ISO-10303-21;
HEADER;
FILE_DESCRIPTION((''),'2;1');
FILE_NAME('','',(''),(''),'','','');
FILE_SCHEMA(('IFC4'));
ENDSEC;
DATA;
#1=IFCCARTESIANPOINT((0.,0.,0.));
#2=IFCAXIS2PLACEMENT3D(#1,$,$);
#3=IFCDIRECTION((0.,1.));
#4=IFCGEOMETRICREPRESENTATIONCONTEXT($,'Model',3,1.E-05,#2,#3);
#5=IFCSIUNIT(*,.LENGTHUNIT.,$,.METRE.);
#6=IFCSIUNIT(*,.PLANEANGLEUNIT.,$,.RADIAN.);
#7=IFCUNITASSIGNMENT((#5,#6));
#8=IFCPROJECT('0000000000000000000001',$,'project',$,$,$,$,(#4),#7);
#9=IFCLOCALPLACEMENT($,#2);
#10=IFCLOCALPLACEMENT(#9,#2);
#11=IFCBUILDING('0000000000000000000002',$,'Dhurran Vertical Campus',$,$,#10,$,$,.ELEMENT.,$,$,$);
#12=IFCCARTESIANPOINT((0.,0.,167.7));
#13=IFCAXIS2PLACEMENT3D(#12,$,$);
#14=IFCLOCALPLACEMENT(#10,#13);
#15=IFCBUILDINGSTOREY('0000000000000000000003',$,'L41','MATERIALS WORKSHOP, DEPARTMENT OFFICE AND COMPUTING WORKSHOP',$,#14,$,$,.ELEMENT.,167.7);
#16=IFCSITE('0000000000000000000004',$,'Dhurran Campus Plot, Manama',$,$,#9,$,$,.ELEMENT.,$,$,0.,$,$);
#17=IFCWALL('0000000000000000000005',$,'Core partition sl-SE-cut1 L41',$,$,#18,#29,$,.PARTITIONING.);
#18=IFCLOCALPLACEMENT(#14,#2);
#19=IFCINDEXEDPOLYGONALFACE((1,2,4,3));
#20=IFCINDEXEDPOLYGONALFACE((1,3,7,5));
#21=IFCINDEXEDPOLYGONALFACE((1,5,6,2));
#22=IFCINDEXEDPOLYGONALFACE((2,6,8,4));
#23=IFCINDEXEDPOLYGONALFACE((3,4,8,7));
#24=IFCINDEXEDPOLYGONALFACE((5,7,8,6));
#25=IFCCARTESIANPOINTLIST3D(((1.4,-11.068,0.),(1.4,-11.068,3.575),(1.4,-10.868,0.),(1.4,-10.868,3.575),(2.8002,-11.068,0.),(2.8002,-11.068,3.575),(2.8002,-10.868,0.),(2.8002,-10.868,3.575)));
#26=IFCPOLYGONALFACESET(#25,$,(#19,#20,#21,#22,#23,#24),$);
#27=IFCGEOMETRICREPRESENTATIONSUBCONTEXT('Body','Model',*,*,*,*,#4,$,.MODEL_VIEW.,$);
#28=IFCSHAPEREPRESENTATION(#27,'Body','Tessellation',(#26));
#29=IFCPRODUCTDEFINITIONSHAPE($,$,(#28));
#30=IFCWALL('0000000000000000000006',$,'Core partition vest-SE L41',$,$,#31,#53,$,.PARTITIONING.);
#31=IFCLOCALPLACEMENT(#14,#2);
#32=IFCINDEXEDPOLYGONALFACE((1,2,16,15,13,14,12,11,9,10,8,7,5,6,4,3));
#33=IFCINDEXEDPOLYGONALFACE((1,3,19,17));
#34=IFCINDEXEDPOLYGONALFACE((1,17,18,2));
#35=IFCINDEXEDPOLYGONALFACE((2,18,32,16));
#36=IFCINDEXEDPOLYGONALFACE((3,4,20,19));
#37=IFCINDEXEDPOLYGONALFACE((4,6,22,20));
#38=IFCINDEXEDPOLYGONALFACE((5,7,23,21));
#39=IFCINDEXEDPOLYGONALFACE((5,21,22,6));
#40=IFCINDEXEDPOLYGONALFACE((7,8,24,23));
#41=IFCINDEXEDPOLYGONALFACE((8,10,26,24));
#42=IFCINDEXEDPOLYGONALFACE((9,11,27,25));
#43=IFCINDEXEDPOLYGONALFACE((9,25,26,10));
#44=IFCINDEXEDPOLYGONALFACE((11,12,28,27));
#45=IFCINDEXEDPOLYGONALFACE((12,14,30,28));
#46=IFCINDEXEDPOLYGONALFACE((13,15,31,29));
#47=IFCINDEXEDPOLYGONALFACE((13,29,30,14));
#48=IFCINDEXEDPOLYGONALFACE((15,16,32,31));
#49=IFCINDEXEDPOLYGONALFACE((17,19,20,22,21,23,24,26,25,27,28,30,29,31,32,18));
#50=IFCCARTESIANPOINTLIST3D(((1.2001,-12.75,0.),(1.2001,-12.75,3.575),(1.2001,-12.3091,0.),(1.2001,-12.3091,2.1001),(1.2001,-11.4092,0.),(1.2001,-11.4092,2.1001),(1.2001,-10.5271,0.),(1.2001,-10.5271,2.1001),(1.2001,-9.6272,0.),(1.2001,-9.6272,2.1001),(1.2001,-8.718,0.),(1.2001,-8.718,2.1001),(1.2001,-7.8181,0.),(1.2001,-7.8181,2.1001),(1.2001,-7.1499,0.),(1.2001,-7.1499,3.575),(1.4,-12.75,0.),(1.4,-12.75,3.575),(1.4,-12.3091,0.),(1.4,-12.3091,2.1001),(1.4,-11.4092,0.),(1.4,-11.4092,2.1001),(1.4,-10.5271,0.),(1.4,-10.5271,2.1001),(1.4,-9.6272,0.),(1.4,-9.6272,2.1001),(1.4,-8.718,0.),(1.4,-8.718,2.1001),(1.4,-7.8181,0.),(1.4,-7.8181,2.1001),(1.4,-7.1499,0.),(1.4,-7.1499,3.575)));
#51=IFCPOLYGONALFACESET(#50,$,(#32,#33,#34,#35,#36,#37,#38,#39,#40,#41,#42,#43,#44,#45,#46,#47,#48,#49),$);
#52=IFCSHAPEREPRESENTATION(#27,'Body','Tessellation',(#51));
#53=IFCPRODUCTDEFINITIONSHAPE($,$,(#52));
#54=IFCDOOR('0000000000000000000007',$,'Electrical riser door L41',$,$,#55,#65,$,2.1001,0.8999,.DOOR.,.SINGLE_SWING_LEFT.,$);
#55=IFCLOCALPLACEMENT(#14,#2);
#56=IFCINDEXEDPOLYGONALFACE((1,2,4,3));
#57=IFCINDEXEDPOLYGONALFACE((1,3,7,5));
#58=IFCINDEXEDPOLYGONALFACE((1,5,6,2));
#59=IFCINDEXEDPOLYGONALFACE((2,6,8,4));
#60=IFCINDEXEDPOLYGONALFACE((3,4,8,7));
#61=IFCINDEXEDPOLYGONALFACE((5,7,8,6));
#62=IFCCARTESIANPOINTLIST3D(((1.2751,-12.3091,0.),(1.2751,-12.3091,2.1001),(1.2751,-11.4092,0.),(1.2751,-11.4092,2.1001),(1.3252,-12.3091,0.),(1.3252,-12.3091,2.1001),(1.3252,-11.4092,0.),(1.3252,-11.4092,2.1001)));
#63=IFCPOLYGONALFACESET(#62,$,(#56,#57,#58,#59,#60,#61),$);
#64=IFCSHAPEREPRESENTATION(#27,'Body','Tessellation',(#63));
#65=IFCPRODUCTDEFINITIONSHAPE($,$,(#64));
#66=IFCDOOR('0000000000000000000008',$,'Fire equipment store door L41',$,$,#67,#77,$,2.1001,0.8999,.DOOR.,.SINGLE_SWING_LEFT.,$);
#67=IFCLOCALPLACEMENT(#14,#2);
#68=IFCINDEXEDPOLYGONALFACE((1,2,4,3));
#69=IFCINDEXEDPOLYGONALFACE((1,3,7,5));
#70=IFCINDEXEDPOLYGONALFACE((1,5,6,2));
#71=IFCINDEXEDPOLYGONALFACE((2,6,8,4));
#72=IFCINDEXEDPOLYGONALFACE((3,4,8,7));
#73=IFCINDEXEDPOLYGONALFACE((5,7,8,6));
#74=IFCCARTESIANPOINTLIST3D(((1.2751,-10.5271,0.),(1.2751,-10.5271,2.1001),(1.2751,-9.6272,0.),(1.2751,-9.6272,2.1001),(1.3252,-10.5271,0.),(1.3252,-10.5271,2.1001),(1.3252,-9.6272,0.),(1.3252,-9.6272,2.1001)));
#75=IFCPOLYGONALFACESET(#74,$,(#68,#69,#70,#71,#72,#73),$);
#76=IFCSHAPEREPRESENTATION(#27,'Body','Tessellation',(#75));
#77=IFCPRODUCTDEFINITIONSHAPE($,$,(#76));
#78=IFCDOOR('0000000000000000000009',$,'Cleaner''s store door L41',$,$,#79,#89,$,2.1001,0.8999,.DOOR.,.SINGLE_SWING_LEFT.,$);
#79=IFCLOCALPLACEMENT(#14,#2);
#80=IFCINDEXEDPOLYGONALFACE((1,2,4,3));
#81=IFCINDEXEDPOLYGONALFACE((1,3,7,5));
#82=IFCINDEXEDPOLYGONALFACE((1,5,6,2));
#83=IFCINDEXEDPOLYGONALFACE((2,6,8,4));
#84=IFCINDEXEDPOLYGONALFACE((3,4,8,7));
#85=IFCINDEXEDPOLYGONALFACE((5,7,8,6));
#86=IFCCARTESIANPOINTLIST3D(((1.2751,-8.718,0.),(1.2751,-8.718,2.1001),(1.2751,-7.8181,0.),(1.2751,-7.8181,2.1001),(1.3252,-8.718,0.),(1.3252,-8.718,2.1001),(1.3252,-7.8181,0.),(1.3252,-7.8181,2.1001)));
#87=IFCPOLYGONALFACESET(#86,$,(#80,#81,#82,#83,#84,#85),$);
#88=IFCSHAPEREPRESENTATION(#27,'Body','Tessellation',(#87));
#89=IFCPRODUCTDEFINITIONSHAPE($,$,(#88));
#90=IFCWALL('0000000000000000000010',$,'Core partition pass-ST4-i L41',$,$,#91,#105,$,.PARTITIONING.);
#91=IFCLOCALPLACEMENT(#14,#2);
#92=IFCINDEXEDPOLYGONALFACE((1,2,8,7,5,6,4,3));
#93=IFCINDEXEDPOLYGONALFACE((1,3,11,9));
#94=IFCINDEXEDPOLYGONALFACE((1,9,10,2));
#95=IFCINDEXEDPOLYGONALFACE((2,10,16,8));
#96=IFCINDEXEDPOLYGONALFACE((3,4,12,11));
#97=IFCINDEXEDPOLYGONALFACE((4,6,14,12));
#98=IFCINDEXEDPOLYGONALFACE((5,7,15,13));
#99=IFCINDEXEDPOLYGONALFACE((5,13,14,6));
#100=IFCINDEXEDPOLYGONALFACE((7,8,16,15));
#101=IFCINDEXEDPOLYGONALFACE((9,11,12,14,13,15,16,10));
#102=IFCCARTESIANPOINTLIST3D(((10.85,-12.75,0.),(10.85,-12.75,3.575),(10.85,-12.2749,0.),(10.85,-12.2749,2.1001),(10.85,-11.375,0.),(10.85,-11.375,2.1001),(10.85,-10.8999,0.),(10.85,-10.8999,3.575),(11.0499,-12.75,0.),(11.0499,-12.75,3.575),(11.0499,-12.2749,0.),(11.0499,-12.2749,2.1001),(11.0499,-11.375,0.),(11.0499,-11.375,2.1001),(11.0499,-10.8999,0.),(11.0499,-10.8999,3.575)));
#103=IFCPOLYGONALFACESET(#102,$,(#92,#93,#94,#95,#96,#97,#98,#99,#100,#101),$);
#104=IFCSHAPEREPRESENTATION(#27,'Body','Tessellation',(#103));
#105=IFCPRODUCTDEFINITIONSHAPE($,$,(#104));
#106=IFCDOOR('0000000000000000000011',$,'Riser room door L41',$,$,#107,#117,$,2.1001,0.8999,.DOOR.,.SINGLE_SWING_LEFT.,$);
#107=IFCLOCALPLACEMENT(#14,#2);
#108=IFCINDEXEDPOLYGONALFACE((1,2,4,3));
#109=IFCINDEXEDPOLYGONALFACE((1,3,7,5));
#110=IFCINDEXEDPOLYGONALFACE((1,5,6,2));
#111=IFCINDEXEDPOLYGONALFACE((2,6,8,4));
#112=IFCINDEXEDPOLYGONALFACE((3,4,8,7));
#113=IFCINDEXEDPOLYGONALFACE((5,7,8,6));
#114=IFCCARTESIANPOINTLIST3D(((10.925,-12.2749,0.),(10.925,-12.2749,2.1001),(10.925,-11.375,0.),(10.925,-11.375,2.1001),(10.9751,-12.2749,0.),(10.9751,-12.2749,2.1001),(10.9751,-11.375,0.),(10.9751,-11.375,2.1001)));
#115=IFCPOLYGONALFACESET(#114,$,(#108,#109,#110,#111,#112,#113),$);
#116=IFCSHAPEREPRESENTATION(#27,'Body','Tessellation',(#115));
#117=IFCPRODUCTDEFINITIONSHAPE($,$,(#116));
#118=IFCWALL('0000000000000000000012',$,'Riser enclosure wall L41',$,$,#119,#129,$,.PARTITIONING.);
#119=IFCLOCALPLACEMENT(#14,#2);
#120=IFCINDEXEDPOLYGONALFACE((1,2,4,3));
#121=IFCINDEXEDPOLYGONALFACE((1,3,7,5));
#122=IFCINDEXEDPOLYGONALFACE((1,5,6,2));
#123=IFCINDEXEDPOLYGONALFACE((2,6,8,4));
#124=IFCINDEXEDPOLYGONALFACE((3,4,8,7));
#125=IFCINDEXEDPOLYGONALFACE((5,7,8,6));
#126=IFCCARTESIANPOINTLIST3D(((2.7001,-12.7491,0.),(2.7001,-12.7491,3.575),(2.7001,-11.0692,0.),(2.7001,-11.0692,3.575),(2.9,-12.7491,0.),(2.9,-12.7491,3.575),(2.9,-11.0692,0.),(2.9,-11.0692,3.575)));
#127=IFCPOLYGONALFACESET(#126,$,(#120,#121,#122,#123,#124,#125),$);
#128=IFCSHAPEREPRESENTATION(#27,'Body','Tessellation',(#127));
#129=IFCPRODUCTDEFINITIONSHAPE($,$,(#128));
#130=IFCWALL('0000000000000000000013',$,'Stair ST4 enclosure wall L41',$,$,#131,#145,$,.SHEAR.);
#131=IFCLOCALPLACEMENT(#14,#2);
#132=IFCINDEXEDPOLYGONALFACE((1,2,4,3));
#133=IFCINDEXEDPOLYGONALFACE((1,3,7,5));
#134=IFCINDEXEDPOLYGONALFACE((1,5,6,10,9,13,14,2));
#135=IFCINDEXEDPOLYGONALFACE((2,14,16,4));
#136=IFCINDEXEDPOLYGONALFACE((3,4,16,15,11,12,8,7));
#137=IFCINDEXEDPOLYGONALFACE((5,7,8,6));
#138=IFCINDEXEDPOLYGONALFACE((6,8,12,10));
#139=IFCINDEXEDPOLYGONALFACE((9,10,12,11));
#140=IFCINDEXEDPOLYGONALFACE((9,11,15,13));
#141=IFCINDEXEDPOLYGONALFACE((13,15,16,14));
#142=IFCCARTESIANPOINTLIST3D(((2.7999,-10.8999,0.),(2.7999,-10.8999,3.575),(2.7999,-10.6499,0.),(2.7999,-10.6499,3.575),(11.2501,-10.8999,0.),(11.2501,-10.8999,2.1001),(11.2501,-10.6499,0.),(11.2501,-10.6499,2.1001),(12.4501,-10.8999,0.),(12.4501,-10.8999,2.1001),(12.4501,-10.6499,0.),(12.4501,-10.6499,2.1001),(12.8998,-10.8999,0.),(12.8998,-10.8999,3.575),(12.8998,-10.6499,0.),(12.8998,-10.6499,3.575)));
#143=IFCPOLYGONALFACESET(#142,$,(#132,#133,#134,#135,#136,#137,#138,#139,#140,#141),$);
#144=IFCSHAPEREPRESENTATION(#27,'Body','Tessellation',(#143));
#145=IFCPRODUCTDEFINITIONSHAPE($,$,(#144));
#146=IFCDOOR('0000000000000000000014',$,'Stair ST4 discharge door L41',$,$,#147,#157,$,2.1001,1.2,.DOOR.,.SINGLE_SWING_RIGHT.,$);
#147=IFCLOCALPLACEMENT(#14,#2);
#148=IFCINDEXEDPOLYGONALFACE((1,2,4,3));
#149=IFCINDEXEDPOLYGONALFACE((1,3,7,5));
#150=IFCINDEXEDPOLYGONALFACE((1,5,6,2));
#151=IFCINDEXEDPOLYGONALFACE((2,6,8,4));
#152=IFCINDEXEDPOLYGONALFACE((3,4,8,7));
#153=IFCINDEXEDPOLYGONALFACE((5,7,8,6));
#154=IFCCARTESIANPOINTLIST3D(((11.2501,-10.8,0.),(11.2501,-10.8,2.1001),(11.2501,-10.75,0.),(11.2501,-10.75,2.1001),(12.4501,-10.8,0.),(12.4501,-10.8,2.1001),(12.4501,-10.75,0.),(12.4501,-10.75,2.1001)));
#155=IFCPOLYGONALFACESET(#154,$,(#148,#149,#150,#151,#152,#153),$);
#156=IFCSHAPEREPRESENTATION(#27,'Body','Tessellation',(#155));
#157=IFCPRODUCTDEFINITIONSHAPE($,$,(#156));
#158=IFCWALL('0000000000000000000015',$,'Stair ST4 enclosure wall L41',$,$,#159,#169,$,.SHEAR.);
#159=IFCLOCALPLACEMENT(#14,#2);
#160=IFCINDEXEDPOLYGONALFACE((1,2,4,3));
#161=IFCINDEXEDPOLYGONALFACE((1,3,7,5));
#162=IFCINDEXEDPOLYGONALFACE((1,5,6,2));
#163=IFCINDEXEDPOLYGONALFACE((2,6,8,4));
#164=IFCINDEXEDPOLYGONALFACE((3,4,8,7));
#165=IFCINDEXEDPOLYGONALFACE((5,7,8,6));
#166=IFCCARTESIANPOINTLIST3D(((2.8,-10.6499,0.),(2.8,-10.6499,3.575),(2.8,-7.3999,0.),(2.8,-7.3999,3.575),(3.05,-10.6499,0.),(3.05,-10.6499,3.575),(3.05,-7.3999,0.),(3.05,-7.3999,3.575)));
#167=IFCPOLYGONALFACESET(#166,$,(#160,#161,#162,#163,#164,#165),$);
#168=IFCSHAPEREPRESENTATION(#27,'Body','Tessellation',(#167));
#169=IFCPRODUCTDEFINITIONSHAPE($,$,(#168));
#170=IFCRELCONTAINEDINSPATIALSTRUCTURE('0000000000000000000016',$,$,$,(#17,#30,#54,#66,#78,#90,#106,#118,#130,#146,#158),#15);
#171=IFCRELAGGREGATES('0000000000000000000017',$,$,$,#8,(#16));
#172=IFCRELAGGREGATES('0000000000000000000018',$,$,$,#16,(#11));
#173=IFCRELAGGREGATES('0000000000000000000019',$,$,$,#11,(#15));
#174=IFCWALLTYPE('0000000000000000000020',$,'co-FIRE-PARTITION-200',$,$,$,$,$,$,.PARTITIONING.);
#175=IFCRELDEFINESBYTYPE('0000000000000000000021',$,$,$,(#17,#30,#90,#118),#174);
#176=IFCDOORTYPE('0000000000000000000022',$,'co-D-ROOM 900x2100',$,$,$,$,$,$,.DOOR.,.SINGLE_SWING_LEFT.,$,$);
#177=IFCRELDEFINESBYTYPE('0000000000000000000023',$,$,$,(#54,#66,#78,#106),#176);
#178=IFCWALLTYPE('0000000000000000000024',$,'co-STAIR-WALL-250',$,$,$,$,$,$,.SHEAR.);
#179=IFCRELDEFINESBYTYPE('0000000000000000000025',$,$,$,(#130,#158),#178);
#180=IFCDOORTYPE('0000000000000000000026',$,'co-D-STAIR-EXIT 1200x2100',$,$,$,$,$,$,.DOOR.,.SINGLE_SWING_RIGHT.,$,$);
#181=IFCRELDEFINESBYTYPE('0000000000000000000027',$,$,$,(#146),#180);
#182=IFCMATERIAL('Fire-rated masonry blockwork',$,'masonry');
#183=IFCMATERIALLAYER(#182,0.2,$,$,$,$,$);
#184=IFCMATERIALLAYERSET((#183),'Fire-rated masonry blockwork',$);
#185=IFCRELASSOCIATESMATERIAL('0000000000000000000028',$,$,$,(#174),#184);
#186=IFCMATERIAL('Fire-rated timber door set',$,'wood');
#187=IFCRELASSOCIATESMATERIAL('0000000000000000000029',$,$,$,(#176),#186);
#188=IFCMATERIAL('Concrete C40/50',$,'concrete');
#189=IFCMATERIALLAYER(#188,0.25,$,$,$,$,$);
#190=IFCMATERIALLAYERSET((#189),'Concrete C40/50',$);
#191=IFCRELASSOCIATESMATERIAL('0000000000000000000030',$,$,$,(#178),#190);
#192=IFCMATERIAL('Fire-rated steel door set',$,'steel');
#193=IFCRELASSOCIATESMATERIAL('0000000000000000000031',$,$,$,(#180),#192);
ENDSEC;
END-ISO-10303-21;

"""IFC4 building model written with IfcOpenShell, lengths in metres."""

from ifc_helpers import new_model, si_unit, direction, frame, frame_2d, origin, place, context, subcontext, project, spatial, rectangle, extrude, material, layer, layer_set, type_object, element, fill, save


model = new_model("IFC4")

# Units and contexts
model_context = context("Model", 3, precision=1e-05, world=origin(), true_north=direction((0.0, 1.0)))
body_context = subcontext(model_context, "Body", "Model", "MODEL_VIEW")
ifc_project = project(units=[si_unit("LENGTHUNIT", "METRE"), si_unit("PLANEANGLEUNIT", "RADIAN")], contexts=[model_context])

# Site, building, storey
site_placement = place(None, origin())
site = spatial("IfcSite", under=ifc_project, at=site_placement, Name="Dhurran Campus Plot, Manama", CompositionType="ELEMENT", RefElevation=0.0)
building_placement = place(site_placement, origin())
building = spatial("IfcBuilding", under=site, at=building_placement, Name="Dhurran Vertical Campus", CompositionType="ELEMENT")
storey_placement = place(building_placement, frame((0.0, 0.0, 167.7)))
storey = spatial("IfcBuildingStorey", under=building, at=storey_placement, Name="L41", Description="MATERIALS WORKSHOP, DEPARTMENT OFFICE AND COMPUTING WORKSHOP", CompositionType="ELEMENT", Elevation=167.7)

# Wall
ifc_material_1 = material(Name="Fire-rated masonry blockwork", Category="masonry")
ifc_layer_1 = layer(ifc_material_1, 0.2)
ifc_layer_set_1 = layer_set([ifc_layer_1], Name="Fire-rated masonry blockwork")
wall_type_1 = type_object("IfcWallType", Name="co-FIRE-PARTITION-200", PredefinedType="PARTITIONING", material=ifc_layer_set_1)
wall_1_placement = place(storey_placement, frame((1.3999, -10.968, 0.0), z_axis=(0.0, 0.0, 1.0), x_axis=(1.0, 0.0, 0.0)))
element("IfcWall", 1, at=wall_1_placement, inside=storey, type_object=wall_type_1, Name="Core partition sl-SE-cut1 L41", PredefinedType="PARTITIONING", context=body_context, shape_type="SweptSolid", body=[
    extrude(rectangle(XDim=1.4001, YDim=0.2, at=frame_2d((0.7002, 0.0))), origin(), (0.0, 0.0, 1.0), 3.575),
])

# Wall, openings, doors
wall_2_placement = place(storey_placement, frame((1.3, -12.75, 0.0), z_axis=(0.0, 0.0, 1.0), x_axis=(0.0, 1.0, 0.0)))
wall_2 = element("IfcWall", 2, at=wall_2_placement, inside=storey, type_object=wall_type_1, Name="Core partition vest-SE L41", PredefinedType="PARTITIONING", context=body_context, shape_type="SweptSolid", body=[
    extrude(rectangle(XDim=5.6001, YDim=0.2, at=frame_2d((2.8, 0.0))), origin(), (0.0, 0.0, 1.0), 3.575),
])
opening_1_placement = place(wall_2_placement, frame((0.4409, 0.0, 0.0)))
opening_1 = element("IfcOpeningElement", 3, at=opening_1_placement, cuts=wall_2, PredefinedType="OPENING", context=body_context, shape_type="SweptSolid", body=[
    extrude(rectangle(XDim=0.8999, YDim=2.1001, at=frame_2d((0.45, 1.05))), frame((0.0, 0.1099, 0.0), z_axis=(0.0, -1.0, 0.0), x_axis=(1.0, 0.0, 0.0)), (0.0, 0.0, 1.0), 0.22),
])
opening_2_placement = place(wall_2_placement, frame((2.2229, 0.0, 0.0)))
opening_2 = element("IfcOpeningElement", 4, at=opening_2_placement, cuts=wall_2, PredefinedType="OPENING", context=body_context, shape_type="SweptSolid", body=[
    extrude(rectangle(XDim=0.8999, YDim=2.1001, at=frame_2d((0.45, 1.05))), frame((0.0, 0.1099, 0.0), z_axis=(0.0, -1.0, 0.0), x_axis=(1.0, 0.0, 0.0)), (0.0, 0.0, 1.0), 0.22),
])
opening_3_placement = place(wall_2_placement, frame((4.032, 0.0, 0.0)))
opening_3 = element("IfcOpeningElement", 5, at=opening_3_placement, cuts=wall_2, PredefinedType="OPENING", context=body_context, shape_type="SweptSolid", body=[
    extrude(rectangle(XDim=0.8999, YDim=2.1001, at=frame_2d((0.45, 1.05))), frame((0.0, 0.1099, 0.0), z_axis=(0.0, -1.0, 0.0), x_axis=(1.0, 0.0, 0.0)), (0.0, 0.0, 1.0), 0.22),
])
ifc_material_2 = material(Name="Fire-rated timber door set", Category="wood")
door_type_1 = type_object("IfcDoorType", Name="co-D-ROOM 900x2100", OperationType="SINGLE_SWING_LEFT", PredefinedType="DOOR", material=ifc_material_2)
door_1_placement = place(opening_1_placement, origin())
door_1 = element("IfcDoor", 6, at=door_1_placement, inside=storey, type_object=door_type_1, Name="Electrical riser door L41", OperationType="SINGLE_SWING_LEFT", OverallHeight=2.1001, OverallWidth=0.8999, PredefinedType="DOOR", context=body_context, shape_type="SweptSolid", body=[
    extrude(rectangle(XDim=0.8999, YDim=2.1001, at=frame_2d((0.45, 1.05))), frame((0.0, 0.0249, 0.0), z_axis=(0.0, -1.0, 0.0), x_axis=(1.0, 0.0, 0.0)), (0.0, 0.0, 1.0), 0.05),
])
fill(opening_1, door_1)
door_2_placement = place(opening_2_placement, origin())
door_2 = element("IfcDoor", 7, at=door_2_placement, inside=storey, type_object=door_type_1, Name="Fire equipment store door L41", OperationType="SINGLE_SWING_LEFT", OverallHeight=2.1001, OverallWidth=0.8999, PredefinedType="DOOR", context=body_context, shape_type="SweptSolid", body=[
    extrude(rectangle(XDim=0.8999, YDim=2.1001, at=frame_2d((0.45, 1.05))), frame((0.0, 0.0249, 0.0), z_axis=(0.0, -1.0, 0.0), x_axis=(1.0, 0.0, 0.0)), (0.0, 0.0, 1.0), 0.05),
])
fill(opening_2, door_2)
door_3_placement = place(opening_3_placement, origin())
door_3 = element("IfcDoor", 8, at=door_3_placement, inside=storey, type_object=door_type_1, Name="Cleaner's store door L41", OperationType="SINGLE_SWING_LEFT", OverallHeight=2.1001, OverallWidth=0.8999, PredefinedType="DOOR", context=body_context, shape_type="SweptSolid", body=[
    extrude(rectangle(XDim=0.8999, YDim=2.1001, at=frame_2d((0.45, 1.05))), frame((0.0, 0.0249, 0.0), z_axis=(0.0, -1.0, 0.0), x_axis=(1.0, 0.0, 0.0)), (0.0, 0.0, 1.0), 0.05),
])
fill(opening_3, door_3)

# Wall, opening, door
wall_3_placement = place(storey_placement, frame((10.95, -12.75, 0.0), z_axis=(0.0, 0.0, 1.0), x_axis=(0.0, 1.0, 0.0)))
wall_3 = element("IfcWall", 9, at=wall_3_placement, inside=storey, type_object=wall_type_1, Name="Core partition pass-ST4-i L41", PredefinedType="PARTITIONING", context=body_context, shape_type="SweptSolid", body=[
    extrude(rectangle(XDim=1.8501, YDim=0.2, at=frame_2d((0.925, 0.0))), origin(), (0.0, 0.0, 1.0), 3.575),
])
opening_4_placement = place(wall_3_placement, frame((0.4751, 0.0, 0.0)))
opening_4 = element("IfcOpeningElement", 10, at=opening_4_placement, cuts=wall_3, PredefinedType="OPENING", context=body_context, shape_type="SweptSolid", body=[
    extrude(rectangle(XDim=0.8999, YDim=2.1001, at=frame_2d((0.45, 1.05))), frame((0.0, 0.1099, 0.0), z_axis=(0.0, -1.0, 0.0), x_axis=(1.0, 0.0, 0.0)), (0.0, 0.0, 1.0), 0.22),
])
door_4_placement = place(opening_4_placement, origin())
door_4 = element("IfcDoor", 11, at=door_4_placement, inside=storey, type_object=door_type_1, Name="Riser room door L41", OperationType="SINGLE_SWING_LEFT", OverallHeight=2.1001, OverallWidth=0.8999, PredefinedType="DOOR", context=body_context, shape_type="SweptSolid", body=[
    extrude(rectangle(XDim=0.8999, YDim=2.1001, at=frame_2d((0.45, 1.05))), frame((0.0, 0.0249, 0.0), z_axis=(0.0, -1.0, 0.0), x_axis=(1.0, 0.0, 0.0)), (0.0, 0.0, 1.0), 0.05),
])
fill(opening_4, door_4)

# Wall
wall_4_placement = place(storey_placement, frame((2.8, -12.749, 0.0), z_axis=(0.0, 0.0, 1.0), x_axis=(0.0, 1.0, 0.0)))
element("IfcWall", 12, at=wall_4_placement, inside=storey, type_object=wall_type_1, Name="Riser enclosure wall L41", PredefinedType="PARTITIONING", context=body_context, shape_type="SweptSolid", body=[
    extrude(rectangle(XDim=1.6799, YDim=0.2, at=frame_2d((0.8398, 0.0))), origin(), (0.0, 0.0, 1.0), 3.575),
])

# Wall, opening, door
ifc_material_3 = material(Name="Concrete C40/50", Category="concrete")
ifc_layer_2 = layer(ifc_material_3, 0.25)
ifc_layer_set_2 = layer_set([ifc_layer_2], Name="Concrete C40/50")
wall_type_2 = type_object("IfcWallType", Name="co-STAIR-WALL-250", PredefinedType="SHEAR", material=ifc_layer_set_2)
wall_5_placement = place(storey_placement, frame((2.8, -10.7749, 0.0), z_axis=(0.0, 0.0, 1.0), x_axis=(1.0, 0.0, 0.0)))
wall_5 = element("IfcWall", 13, at=wall_5_placement, inside=storey, type_object=wall_type_2, Name="Stair ST4 enclosure wall L41", PredefinedType="SHEAR", context=body_context, shape_type="SweptSolid", body=[
    extrude(rectangle(XDim=10.0999, YDim=0.25, at=frame_2d((5.0498, 0.0))), origin(), (0.0, 0.0, 1.0), 3.575),
])
opening_5_placement = place(wall_5_placement, frame((8.45, 0.0, 0.0)))
opening_5 = element("IfcOpeningElement", 14, at=opening_5_placement, cuts=wall_5, PredefinedType="OPENING", context=body_context, shape_type="SweptSolid", body=[
    extrude(rectangle(XDim=1.2, YDim=2.1001, at=frame_2d((0.6001, 1.05))), frame((0.0, 0.135, 0.0), z_axis=(0.0, -1.0, 0.0), x_axis=(1.0, 0.0, 0.0)), (0.0, 0.0, 1.0), 0.27),
])
ifc_material_4 = material(Name="Fire-rated steel door set", Category="steel")
door_type_2 = type_object("IfcDoorType", Name="co-D-STAIR-EXIT 1200x2100", OperationType="SINGLE_SWING_RIGHT", PredefinedType="DOOR", material=ifc_material_4)
door_5_placement = place(opening_5_placement, origin())
door_5 = element("IfcDoor", 15, at=door_5_placement, inside=storey, type_object=door_type_2, Name="Stair ST4 discharge door L41", OperationType="SINGLE_SWING_RIGHT", OverallHeight=2.1001, OverallWidth=1.2, PredefinedType="DOOR", context=body_context, shape_type="SweptSolid", body=[
    extrude(rectangle(XDim=1.2, YDim=2.1001, at=frame_2d((0.6001, 1.05))), frame((0.0, 0.0249, 0.0), z_axis=(0.0, -1.0, 0.0), x_axis=(1.0, 0.0, 0.0)), (0.0, 0.0, 1.0), 0.05),
])
fill(opening_5, door_5)

# Wall
wall_6_placement = place(storey_placement, frame((2.925, -10.6499, 0.0), z_axis=(0.0, 0.0, 1.0), x_axis=(0.0, 1.0, 0.0)))
element("IfcWall", 16, at=wall_6_placement, inside=storey, type_object=wall_type_2, Name="Stair ST4 enclosure wall L41", PredefinedType="SHEAR", context=body_context, shape_type="SweptSolid", body=[
    extrude(rectangle(XDim=3.25, YDim=0.25, at=frame_2d((1.625, 0.0))), origin(), (0.0, 0.0, 1.0), 3.575),
])

save(model, "model.ifc")
